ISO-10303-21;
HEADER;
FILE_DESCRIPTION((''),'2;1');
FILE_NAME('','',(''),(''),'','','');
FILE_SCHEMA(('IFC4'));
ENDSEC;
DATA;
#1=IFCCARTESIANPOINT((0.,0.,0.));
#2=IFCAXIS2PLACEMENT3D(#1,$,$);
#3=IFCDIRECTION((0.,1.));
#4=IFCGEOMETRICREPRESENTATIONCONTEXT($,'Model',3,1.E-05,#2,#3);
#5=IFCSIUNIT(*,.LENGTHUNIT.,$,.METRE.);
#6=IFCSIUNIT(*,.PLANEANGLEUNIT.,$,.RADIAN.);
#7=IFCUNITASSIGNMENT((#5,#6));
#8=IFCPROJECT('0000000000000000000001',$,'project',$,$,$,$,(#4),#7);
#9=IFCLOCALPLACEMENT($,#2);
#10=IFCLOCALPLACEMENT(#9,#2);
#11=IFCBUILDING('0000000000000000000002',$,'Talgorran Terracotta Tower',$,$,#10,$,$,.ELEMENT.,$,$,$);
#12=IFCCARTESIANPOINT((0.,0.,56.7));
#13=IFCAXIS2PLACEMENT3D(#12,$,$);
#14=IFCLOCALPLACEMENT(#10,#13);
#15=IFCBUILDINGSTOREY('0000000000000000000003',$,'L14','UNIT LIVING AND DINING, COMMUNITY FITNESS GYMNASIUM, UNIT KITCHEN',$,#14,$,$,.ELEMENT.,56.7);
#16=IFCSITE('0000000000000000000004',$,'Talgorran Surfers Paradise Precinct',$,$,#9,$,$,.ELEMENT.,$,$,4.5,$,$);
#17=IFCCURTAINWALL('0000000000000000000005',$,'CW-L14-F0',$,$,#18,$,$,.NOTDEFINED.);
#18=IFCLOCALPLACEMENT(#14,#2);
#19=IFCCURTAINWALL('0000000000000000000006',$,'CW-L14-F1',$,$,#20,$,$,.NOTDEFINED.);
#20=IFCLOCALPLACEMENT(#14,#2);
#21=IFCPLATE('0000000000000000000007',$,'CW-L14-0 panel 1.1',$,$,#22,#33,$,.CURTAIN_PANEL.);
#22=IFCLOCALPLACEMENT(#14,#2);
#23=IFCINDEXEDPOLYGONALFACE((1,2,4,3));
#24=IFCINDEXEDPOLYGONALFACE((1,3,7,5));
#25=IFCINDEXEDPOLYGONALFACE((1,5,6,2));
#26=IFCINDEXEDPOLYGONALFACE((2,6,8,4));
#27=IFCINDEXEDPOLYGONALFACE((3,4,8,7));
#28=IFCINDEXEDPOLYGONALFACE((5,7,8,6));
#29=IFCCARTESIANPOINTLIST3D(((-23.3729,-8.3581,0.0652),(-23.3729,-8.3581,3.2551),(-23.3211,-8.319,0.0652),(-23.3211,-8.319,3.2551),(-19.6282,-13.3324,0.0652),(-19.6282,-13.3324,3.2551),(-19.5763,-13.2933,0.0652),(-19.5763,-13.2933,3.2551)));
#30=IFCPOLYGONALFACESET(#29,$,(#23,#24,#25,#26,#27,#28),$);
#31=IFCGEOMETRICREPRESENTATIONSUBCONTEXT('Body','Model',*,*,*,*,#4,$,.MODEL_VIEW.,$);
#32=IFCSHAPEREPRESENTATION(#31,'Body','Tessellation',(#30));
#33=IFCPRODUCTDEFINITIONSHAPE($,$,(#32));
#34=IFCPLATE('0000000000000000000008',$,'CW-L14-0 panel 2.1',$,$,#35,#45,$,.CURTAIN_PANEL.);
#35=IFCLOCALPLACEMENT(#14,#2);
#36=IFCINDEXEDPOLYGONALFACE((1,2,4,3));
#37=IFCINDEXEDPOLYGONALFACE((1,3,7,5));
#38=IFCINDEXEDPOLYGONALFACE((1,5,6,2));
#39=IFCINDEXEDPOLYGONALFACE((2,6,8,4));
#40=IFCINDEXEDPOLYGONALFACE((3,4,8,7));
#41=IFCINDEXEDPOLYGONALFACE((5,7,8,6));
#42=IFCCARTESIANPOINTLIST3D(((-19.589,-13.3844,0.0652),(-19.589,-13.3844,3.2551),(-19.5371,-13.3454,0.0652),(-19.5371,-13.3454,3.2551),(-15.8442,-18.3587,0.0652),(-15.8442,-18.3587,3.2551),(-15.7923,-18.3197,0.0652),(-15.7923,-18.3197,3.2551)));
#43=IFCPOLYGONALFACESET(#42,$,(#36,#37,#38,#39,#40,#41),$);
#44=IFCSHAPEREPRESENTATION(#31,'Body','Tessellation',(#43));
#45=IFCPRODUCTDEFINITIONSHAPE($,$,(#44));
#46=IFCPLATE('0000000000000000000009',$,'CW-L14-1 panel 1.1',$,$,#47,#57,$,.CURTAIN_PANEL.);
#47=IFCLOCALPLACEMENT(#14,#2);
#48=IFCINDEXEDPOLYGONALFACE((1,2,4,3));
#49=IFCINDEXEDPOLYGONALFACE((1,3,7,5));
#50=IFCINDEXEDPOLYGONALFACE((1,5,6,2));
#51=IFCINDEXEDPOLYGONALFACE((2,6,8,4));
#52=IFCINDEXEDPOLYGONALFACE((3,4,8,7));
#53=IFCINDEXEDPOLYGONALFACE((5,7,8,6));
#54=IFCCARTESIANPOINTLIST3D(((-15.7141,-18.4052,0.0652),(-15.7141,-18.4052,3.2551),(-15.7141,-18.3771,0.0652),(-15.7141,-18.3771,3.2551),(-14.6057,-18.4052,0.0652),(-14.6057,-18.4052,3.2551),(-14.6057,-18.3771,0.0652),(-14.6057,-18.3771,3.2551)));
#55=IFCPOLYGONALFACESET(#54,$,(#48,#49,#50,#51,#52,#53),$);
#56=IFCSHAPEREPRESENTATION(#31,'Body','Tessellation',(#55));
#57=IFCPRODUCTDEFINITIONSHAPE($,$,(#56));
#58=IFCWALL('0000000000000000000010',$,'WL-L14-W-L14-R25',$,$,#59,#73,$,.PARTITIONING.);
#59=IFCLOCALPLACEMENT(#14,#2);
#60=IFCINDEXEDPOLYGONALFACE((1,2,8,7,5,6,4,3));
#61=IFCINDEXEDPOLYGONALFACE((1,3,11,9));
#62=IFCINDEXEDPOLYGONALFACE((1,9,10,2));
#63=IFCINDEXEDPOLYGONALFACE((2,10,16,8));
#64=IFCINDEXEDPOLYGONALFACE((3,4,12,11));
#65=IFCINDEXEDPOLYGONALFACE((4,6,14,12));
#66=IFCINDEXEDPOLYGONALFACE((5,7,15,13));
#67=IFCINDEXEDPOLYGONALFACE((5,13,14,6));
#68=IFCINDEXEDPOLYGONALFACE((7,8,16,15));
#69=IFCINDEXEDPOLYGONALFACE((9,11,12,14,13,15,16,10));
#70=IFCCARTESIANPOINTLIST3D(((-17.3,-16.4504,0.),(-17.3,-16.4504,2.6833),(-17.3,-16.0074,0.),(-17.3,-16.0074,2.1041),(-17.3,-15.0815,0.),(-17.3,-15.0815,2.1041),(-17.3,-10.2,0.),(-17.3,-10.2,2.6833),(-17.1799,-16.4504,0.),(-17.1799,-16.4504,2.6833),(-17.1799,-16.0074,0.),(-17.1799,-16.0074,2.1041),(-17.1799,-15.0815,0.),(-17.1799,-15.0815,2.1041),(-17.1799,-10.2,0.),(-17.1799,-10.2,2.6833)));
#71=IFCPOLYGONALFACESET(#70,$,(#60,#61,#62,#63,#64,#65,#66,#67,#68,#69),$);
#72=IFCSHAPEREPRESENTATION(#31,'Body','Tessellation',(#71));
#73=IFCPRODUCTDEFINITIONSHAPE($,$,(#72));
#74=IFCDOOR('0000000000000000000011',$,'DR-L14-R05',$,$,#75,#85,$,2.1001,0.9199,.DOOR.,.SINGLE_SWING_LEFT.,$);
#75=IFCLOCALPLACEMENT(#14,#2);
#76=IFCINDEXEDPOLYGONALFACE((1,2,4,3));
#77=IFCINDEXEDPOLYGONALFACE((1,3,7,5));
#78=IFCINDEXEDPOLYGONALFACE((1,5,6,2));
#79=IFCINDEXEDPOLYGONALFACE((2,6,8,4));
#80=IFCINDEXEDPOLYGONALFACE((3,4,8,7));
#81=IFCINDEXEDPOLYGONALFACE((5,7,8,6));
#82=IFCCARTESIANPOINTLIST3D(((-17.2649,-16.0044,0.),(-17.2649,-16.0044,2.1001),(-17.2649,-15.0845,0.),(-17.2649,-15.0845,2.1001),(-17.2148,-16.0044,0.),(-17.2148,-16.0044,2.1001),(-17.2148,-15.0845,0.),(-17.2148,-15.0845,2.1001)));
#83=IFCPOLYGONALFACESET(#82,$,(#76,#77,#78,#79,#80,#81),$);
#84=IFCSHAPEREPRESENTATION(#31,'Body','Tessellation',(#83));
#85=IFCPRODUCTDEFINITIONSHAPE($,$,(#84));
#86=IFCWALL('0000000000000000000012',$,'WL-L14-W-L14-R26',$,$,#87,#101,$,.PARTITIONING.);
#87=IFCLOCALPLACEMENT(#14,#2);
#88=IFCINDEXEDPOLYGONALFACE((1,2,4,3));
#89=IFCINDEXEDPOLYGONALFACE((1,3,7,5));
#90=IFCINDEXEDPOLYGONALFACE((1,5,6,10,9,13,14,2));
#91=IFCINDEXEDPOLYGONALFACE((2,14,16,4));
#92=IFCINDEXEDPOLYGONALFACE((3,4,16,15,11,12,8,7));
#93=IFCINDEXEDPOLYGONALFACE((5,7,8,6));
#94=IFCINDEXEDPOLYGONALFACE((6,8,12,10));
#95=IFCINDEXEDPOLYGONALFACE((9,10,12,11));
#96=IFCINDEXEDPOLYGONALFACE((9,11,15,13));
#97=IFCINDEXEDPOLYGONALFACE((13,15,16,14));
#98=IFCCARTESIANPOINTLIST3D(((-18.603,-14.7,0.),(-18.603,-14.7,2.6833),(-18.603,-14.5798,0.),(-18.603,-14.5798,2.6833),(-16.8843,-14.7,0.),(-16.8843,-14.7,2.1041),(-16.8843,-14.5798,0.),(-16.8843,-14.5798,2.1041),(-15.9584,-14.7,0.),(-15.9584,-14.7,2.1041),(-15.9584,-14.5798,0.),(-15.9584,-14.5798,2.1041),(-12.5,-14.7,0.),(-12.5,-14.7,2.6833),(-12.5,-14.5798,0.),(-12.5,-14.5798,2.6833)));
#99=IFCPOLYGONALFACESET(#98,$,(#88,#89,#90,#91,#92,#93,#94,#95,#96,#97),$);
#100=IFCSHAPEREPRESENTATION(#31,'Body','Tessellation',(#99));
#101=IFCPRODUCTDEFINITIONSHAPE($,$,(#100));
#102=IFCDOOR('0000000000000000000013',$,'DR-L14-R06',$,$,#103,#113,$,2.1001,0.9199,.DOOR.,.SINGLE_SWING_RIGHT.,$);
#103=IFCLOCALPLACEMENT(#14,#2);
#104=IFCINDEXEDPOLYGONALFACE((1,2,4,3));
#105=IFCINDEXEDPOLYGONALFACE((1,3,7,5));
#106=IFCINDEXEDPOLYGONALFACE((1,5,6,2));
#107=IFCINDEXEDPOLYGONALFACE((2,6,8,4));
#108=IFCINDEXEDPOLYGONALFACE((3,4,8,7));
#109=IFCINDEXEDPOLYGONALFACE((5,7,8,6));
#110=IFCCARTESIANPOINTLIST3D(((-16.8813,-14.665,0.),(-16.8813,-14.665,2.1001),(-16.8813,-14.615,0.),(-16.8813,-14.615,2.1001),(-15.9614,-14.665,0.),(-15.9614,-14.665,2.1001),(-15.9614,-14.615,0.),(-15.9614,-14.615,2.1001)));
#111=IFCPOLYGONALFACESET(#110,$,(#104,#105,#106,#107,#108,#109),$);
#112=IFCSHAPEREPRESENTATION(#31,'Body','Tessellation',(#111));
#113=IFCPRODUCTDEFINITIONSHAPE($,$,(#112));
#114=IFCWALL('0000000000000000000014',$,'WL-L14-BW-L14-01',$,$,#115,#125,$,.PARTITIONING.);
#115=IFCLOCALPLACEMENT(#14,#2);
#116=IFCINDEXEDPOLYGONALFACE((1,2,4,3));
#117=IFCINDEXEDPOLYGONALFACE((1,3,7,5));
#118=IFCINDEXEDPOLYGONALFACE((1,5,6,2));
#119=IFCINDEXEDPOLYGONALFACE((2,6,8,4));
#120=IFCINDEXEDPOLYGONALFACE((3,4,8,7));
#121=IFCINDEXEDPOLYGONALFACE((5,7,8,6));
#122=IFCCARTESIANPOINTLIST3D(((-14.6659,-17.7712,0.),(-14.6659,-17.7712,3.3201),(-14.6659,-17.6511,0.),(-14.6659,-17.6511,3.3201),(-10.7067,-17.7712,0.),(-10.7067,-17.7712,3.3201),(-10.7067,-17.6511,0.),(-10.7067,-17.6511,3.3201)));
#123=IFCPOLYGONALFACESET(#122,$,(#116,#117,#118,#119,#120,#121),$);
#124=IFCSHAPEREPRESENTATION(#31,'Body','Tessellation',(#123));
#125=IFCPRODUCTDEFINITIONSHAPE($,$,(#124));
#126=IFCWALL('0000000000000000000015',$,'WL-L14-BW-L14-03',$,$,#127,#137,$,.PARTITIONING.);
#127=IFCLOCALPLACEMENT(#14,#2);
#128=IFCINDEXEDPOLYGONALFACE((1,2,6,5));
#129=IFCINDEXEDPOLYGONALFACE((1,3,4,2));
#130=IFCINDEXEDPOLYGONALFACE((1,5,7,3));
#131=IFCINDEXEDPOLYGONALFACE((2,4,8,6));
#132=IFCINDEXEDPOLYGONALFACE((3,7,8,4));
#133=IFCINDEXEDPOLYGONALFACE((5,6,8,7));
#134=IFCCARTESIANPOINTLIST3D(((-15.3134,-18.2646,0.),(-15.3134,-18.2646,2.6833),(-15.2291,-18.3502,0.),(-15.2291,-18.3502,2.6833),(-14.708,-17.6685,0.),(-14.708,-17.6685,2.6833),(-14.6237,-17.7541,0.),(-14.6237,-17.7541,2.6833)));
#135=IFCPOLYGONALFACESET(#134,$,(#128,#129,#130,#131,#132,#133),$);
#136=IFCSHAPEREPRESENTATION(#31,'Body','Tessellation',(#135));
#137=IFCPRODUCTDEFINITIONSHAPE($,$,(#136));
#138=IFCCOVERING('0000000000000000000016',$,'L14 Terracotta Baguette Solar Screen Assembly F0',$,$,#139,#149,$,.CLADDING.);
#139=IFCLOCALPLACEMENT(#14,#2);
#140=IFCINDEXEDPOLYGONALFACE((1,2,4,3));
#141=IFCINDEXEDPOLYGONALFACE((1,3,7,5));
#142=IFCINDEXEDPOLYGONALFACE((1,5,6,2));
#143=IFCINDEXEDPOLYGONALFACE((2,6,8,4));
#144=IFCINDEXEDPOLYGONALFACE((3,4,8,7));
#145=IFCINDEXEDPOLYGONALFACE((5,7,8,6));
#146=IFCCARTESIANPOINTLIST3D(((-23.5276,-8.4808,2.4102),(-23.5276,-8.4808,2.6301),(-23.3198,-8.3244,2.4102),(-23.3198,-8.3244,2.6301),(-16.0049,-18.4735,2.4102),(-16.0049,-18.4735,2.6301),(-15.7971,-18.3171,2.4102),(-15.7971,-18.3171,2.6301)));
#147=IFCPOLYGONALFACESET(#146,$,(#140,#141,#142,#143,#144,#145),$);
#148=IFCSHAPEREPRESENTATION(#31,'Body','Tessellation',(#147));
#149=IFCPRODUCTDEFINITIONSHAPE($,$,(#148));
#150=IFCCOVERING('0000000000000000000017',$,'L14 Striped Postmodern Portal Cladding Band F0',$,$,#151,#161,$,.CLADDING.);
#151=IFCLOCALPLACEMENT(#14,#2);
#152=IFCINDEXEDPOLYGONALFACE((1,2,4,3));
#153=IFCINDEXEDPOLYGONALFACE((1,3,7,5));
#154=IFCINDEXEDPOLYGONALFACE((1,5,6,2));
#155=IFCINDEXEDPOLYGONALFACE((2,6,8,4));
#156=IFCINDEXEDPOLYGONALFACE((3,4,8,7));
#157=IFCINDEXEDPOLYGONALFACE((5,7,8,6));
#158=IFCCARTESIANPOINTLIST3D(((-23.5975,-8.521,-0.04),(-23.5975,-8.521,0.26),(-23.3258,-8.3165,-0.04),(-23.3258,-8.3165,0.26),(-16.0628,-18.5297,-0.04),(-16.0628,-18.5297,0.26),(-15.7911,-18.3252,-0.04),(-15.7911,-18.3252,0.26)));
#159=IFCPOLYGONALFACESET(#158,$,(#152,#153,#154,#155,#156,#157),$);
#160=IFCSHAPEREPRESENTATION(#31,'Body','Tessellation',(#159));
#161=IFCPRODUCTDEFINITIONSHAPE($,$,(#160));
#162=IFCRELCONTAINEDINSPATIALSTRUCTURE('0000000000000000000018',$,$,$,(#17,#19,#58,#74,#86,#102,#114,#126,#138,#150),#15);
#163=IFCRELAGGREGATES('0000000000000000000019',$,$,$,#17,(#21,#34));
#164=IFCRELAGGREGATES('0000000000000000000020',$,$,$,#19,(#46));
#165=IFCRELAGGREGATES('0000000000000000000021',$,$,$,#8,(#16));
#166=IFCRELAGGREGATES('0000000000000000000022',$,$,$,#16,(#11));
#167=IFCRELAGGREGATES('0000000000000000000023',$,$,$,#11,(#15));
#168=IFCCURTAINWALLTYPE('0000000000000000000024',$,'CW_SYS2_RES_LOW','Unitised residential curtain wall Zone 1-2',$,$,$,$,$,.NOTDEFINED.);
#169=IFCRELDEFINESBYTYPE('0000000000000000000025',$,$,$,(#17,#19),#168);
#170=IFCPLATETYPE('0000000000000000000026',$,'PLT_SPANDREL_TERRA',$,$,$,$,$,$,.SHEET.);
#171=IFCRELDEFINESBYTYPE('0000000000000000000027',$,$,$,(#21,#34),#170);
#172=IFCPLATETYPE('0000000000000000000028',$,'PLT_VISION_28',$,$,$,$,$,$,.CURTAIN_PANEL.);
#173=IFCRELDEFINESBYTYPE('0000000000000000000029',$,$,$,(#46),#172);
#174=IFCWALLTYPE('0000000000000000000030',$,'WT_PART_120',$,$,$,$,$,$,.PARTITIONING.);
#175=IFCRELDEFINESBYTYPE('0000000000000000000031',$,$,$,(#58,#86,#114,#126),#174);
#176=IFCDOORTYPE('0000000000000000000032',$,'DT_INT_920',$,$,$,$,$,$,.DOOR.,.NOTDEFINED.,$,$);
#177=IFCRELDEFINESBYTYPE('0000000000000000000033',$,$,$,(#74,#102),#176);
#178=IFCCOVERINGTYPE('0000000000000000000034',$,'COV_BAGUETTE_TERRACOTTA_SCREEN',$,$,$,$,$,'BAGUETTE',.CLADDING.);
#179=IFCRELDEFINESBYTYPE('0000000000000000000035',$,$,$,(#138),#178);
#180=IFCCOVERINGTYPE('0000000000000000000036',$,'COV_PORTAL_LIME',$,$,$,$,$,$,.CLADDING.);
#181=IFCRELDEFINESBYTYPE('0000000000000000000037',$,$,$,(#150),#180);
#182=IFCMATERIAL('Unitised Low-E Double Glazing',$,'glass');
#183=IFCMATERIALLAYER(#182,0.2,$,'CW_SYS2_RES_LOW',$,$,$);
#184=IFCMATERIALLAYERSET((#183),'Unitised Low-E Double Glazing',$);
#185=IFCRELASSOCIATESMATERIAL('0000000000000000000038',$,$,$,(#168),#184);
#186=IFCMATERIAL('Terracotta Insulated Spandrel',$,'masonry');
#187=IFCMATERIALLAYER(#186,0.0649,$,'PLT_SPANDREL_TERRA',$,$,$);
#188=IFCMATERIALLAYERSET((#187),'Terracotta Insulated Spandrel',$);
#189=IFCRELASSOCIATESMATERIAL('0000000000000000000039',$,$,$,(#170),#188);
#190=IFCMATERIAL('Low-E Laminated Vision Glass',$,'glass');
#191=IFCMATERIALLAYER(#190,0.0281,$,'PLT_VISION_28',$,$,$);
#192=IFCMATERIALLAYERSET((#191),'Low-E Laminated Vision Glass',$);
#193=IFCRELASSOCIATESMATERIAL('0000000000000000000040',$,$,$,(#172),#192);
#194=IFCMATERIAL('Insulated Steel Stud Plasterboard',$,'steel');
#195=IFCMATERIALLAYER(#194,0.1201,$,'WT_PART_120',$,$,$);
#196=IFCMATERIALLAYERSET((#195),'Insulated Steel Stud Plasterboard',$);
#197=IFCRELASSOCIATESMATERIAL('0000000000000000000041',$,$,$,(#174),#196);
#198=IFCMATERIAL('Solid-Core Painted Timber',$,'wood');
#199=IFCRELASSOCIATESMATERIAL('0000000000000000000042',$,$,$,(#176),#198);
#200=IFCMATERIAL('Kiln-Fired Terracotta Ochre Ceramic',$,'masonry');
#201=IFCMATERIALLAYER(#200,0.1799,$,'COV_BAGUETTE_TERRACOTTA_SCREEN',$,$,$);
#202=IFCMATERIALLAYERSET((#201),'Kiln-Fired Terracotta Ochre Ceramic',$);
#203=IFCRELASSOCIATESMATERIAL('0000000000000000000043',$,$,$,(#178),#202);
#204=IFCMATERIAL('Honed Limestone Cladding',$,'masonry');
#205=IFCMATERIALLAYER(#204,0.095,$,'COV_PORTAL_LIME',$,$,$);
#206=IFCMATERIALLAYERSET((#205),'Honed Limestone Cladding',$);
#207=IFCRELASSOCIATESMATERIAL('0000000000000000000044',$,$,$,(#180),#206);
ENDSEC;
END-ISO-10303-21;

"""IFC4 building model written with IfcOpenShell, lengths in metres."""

from ifc_helpers import new_model, si_unit, direction, frame, frame_2d, origin, origin_2d, place, context, subcontext, project, spatial, rectangle, extrude, source, transform, mapped, material, layer, layer_set, type_object, type_shapes, element, fill, aggregate, save


model = new_model("IFC4")

# Units and contexts
model_context = context("Model", 3, precision=1e-05, world=origin(), true_north=direction((0.0, 1.0)))
body_context = subcontext(model_context, "Body", "Model", "MODEL_VIEW")
ifc_project = project(units=[si_unit("LENGTHUNIT", "METRE"), si_unit("PLANEANGLEUNIT", "RADIAN")], contexts=[model_context])

# Site, building, storey
site_placement = place(None, origin())
site = spatial("IfcSite", under=ifc_project, at=site_placement, Name="Talgorran Surfers Paradise Precinct", CompositionType="ELEMENT", RefElevation=4.5)
building_placement = place(site_placement, origin())
building = spatial("IfcBuilding", under=site, at=building_placement, Name="Talgorran Terracotta Tower", CompositionType="ELEMENT")
storey_placement = place(building_placement, frame((0.0, 0.0, 56.7)))
storey = spatial("IfcBuildingStorey", under=building, at=storey_placement, Name="L14", Description="UNIT LIVING AND DINING, COMMUNITY FITNESS GYMNASIUM, UNIT KITCHEN", CompositionType="ELEMENT", Elevation=56.7)

# Curtain walls
ifc_material_1 = material(Name="Unitised Low-E Double Glazing", Category="glass")
ifc_layer_1 = layer(ifc_material_1, 0.2, Name="CW_SYS2_RES_LOW")
ifc_layer_set_1 = layer_set([ifc_layer_1], Name="Unitised Low-E Double Glazing")
curtain_wall_type = type_object("IfcCurtainWallType", Name="CW_SYS2_RES_LOW", Description="Unitised residential curtain wall Zone 1-2", PredefinedType="NOTDEFINED", material=ifc_layer_set_1)
curtain_wall_1_placement = place(storey_placement, origin())
curtain_wall_1 = element("IfcCurtainWall", 1, at=curtain_wall_1_placement, inside=storey, type_object=curtain_wall_type, Name="CW-L14-F0", PredefinedType="NOTDEFINED")
curtain_wall_2_placement = place(storey_placement, origin())
curtain_wall_2 = element("IfcCurtainWall", 2, at=curtain_wall_2_placement, inside=storey, type_object=curtain_wall_type, Name="CW-L14-F1", PredefinedType="NOTDEFINED")

# Plates
ifc_material_2 = material(Name="Terracotta Insulated Spandrel", Category="masonry")
ifc_layer_2 = layer(ifc_material_2, 0.0649, Name="PLT_SPANDREL_TERRA")
ifc_layer_set_2 = layer_set([ifc_layer_2], Name="Terracotta Insulated Spandrel")
plate_type_1 = type_object("IfcPlateType", Name="PLT_SPANDREL_TERRA", PredefinedType="SHEET", material=ifc_layer_set_2)
shared_shape_1 = source(origin(), body_context, "Body", "SweptSolid", [
    extrude(rectangle(XDim=6.2263, YDim=0.0649, at=origin_2d()), origin(), (0.0, 0.0, 1.0), 3.1899),
])
type_shapes(plate_type_1, [shared_shape_1])
plate_1_placement = place(storey_placement, frame((-21.4746, -10.8257, 0.0652), z_axis=(0.0, 0.0, 1.0), x_axis=(0.601442, -0.798916, 0.0)))
plate_1 = element("IfcPlate", 3, at=plate_1_placement, type_object=plate_type_1, Name="CW-L14-0 panel 1.1", PredefinedType="CURTAIN_PANEL", context=body_context, shape_type="MappedRepresentation", body=[
    mapped(shared_shape_1, transform((0.0, 0.0, 0.0), scale=1.0)),
])
plate_2_placement = place(storey_placement, frame((-17.6907, -15.8521, 0.0652), z_axis=(0.0, 0.0, 1.0), x_axis=(0.601442, -0.798916, 0.0)))
plate_2 = element("IfcPlate", 4, at=plate_2_placement, type_object=plate_type_1, Name="CW-L14-0 panel 2.1", PredefinedType="CURTAIN_PANEL", context=body_context, shape_type="MappedRepresentation", body=[
    mapped(shared_shape_1, transform((0.0, 0.0, 0.0), scale=1.0)),
])
aggregate(curtain_wall_1, [plate_1, plate_2])
ifc_material_3 = material(Name="Low-E Laminated Vision Glass", Category="glass")
ifc_layer_3 = layer(ifc_material_3, 0.0281, Name="PLT_VISION_28")
ifc_layer_set_3 = layer_set([ifc_layer_3], Name="Low-E Laminated Vision Glass")
plate_type_2 = type_object("IfcPlateType", Name="PLT_VISION_28", PredefinedType="CURTAIN_PANEL", material=ifc_layer_set_3)
shared_shape_2 = source(origin(), body_context, "Body", "SweptSolid", [
    extrude(rectangle(XDim=1.1084, YDim=0.0281, at=origin_2d()), origin(), (0.0, 0.0, 1.0), 3.1899),
])
type_shapes(plate_type_2, [shared_shape_2])
plate_3_placement = place(storey_placement, frame((-15.1599, -18.3911, 0.0652), z_axis=(0.0, 0.0, 1.0), x_axis=(1.0, 0.0, 0.0)))
plate_3 = element("IfcPlate", 5, at=plate_3_placement, type_object=plate_type_2, Name="CW-L14-1 panel 1.1", PredefinedType="CURTAIN_PANEL", context=body_context, shape_type="MappedRepresentation", body=[
    mapped(shared_shape_2, transform((0.0, 0.0, 0.0), scale=1.0)),
])
aggregate(curtain_wall_2, [plate_3])

# Walls, openings, doors
ifc_material_4 = material(Name="Insulated Steel Stud Plasterboard", Category="steel")
ifc_layer_4 = layer(ifc_material_4, 0.1201, Name="WT_PART_120")
ifc_layer_set_4 = layer_set([ifc_layer_4], Name="Insulated Steel Stud Plasterboard")
wall_type = type_object("IfcWallType", Name="WT_PART_120", PredefinedType="PARTITIONING", material=ifc_layer_set_4)
wall_1_placement = place(storey_placement, frame((-17.24, -16.4504, 0.0), z_axis=(0.0, 0.0, 1.0), x_axis=(0.0, 1.0, 0.0)))
wall_1 = element("IfcWall", 6, at=wall_1_placement, inside=storey, type_object=wall_type, Name="WL-L14-W-L14-R25", PredefinedType="PARTITIONING", context=body_context, shape_type="SweptSolid", body=[
    extrude(rectangle(XDim=6.2505, YDim=0.1201, at=frame_2d((3.1252, 0.0))), origin(), (0.0, 0.0, 1.0), 2.6833),
])
opening_1_placement = place(wall_1_placement, frame((0.446, 0.0, 0.0)))
opening_1 = element("IfcOpeningElement", 7, at=opening_1_placement, cuts=wall_1, PredefinedType="OPENING", context=body_context, shape_type="SweptSolid", body=[
    extrude(rectangle(XDim=0.9259, YDim=2.1041, at=frame_2d((0.46, 1.052))), frame((0.0, 0.0701, 0.0), z_axis=(0.0, -1.0, 0.0), x_axis=(1.0, 0.0, 0.0)), (0.0, 0.0, 1.0), 0.1401),
])
ifc_material_5 = material(Name="Solid-Core Painted Timber", Category="wood")
door_type = type_object("IfcDoorType", Name="DT_INT_920", OperationType="NOTDEFINED", PredefinedType="DOOR", material=ifc_material_5)
door_1_placement = place(opening_1_placement, origin())
door_1 = element("IfcDoor", 8, at=door_1_placement, inside=storey, type_object=door_type, Name="DR-L14-R05", OperationType="SINGLE_SWING_LEFT", OverallHeight=2.1001, OverallWidth=0.9199, PredefinedType="DOOR", context=body_context, shape_type="SweptSolid", body=[
    extrude(rectangle(XDim=0.9199, YDim=2.1001, at=frame_2d((0.46, 1.05))), frame((0.0, 0.0249, 0.0), z_axis=(0.0, -1.0, 0.0), x_axis=(1.0, 0.0, 0.0)), (0.0, 0.0, 1.0), 0.05),
])
fill(opening_1, door_1)
wall_2_placement = place(storey_placement, frame((-18.603, -14.6399, 0.0), z_axis=(0.0, 0.0, 1.0), x_axis=(1.0, 0.0, 0.0)))
wall_2 = element("IfcWall", 9, at=wall_2_placement, inside=storey, type_object=wall_type, Name="WL-L14-W-L14-R26", PredefinedType="PARTITIONING", context=body_context, shape_type="SweptSolid", body=[
    extrude(rectangle(XDim=6.103, YDim=0.1201, at=frame_2d((3.0515, 0.0))), origin(), (0.0, 0.0, 1.0), 2.6833),
])
opening_2_placement = place(wall_2_placement, frame((1.7217, 0.0, 0.0)))
opening_2 = element("IfcOpeningElement", 10, at=opening_2_placement, cuts=wall_2, PredefinedType="OPENING", context=body_context, shape_type="SweptSolid", body=[
    extrude(rectangle(XDim=0.9259, YDim=2.1041, at=frame_2d((0.46, 1.052))), frame((0.0, 0.0701, 0.0), z_axis=(0.0, -1.0, 0.0), x_axis=(1.0, 0.0, 0.0)), (0.0, 0.0, 1.0), 0.1401),
])
door_2_placement = place(opening_2_placement, origin())
door_2 = element("IfcDoor", 11, at=door_2_placement, inside=storey, type_object=door_type, Name="DR-L14-R06", OperationType="SINGLE_SWING_RIGHT", OverallHeight=2.1001, OverallWidth=0.9199, PredefinedType="DOOR", context=body_context, shape_type="SweptSolid", body=[
    extrude(rectangle(XDim=0.9199, YDim=2.1001, at=frame_2d((0.46, 1.05))), frame((0.0, 0.0249, 0.0), z_axis=(0.0, -1.0, 0.0), x_axis=(1.0, 0.0, 0.0)), (0.0, 0.0, 1.0), 0.05),
])
fill(opening_2, door_2)

# Walls
wall_3_placement = place(storey_placement, frame((-14.6658, -17.7112, 0.0), z_axis=(0.0, 0.0, 1.0), x_axis=(1.0, 0.0, 0.0)))
element("IfcWall", 12, at=wall_3_placement, inside=storey, type_object=wall_type, Name="WL-L14-BW-L14-01", PredefinedType="PARTITIONING", context=body_context, shape_type="SweptSolid", body=[
    extrude(rectangle(XDim=3.9592, YDim=0.1201, at=frame_2d((1.9795, 0.0))), origin(), (0.0, 0.0, 1.0), 3.3201),
])
wall_4_placement = place(storey_placement, frame((-15.2712, -18.3074, 0.0), z_axis=(0.0, 0.0, 1.0), x_axis=(0.712545, 0.701627, 0.0)))
element("IfcWall", 13, at=wall_4_placement, inside=storey, type_object=wall_type, Name="WL-L14-BW-L14-03", PredefinedType="PARTITIONING", context=body_context, shape_type="SweptSolid", body=[
    extrude(rectangle(XDim=0.8496, YDim=0.1201, at=frame_2d((0.4248, 0.0))), origin(), (0.0, 0.0, 1.0), 2.6833),
])

# Coverings
ifc_material_6 = material(Name="Kiln-Fired Terracotta Ochre Ceramic", Category="masonry")
ifc_layer_5 = layer(ifc_material_6, 0.1799, Name="COV_BAGUETTE_TERRACOTTA_SCREEN")
ifc_layer_set_5 = layer_set([ifc_layer_5], Name="Kiln-Fired Terracotta Ochre Ceramic")
covering_type_1 = type_object("IfcCoveringType", Name="COV_BAGUETTE_TERRACOTTA_SCREEN", ElementType="BAGUETTE", PredefinedType="CLADDING", material=ifc_layer_set_5)
covering_1_placement = place(storey_placement, frame((-19.6624, -13.3989, 2.4102), z_axis=(0.0, 0.0, 1.0), x_axis=(0.601439, -0.798919, 0.0)))
element("IfcCovering", 14, at=covering_1_placement, inside=storey, type_object=covering_type_1, Name="L14 Terracotta Baguette Solar Screen Assembly F0", PredefinedType="CLADDING", context=body_context, shape_type="SweptSolid", body=[
    extrude(rectangle(XDim=12.5078, YDim=0.26, at=origin_2d()), origin(), (0.0, 0.0, 1.0), 0.22),
])
ifc_material_7 = material(Name="Honed Limestone Cladding", Category="masonry")
ifc_layer_6 = layer(ifc_material_7, 0.095, Name="COV_PORTAL_LIME")
ifc_layer_set_6 = layer_set([ifc_layer_6], Name="Honed Limestone Cladding")
covering_type_2 = type_object("IfcCoveringType", Name="COV_PORTAL_LIME", PredefinedType="CLADDING", material=ifc_layer_set_6)
covering_2_placement = place(storey_placement, frame((-19.6943, -13.4231, -0.04), z_axis=(0.0, 0.0, 1.0), x_axis=(0.601439, -0.798919, 0.0)))
element("IfcCovering", 15, at=covering_2_placement, inside=storey, type_object=covering_type_2, Name="L14 Striped Postmodern Portal Cladding Band F0", PredefinedType="CLADDING", context=body_context, shape_type="SweptSolid", body=[
    extrude(rectangle(XDim=12.5278, YDim=0.3401, at=origin_2d()), origin(), (0.0, 0.0, 1.0), 0.3),
])

save(model, "model.ifc")
